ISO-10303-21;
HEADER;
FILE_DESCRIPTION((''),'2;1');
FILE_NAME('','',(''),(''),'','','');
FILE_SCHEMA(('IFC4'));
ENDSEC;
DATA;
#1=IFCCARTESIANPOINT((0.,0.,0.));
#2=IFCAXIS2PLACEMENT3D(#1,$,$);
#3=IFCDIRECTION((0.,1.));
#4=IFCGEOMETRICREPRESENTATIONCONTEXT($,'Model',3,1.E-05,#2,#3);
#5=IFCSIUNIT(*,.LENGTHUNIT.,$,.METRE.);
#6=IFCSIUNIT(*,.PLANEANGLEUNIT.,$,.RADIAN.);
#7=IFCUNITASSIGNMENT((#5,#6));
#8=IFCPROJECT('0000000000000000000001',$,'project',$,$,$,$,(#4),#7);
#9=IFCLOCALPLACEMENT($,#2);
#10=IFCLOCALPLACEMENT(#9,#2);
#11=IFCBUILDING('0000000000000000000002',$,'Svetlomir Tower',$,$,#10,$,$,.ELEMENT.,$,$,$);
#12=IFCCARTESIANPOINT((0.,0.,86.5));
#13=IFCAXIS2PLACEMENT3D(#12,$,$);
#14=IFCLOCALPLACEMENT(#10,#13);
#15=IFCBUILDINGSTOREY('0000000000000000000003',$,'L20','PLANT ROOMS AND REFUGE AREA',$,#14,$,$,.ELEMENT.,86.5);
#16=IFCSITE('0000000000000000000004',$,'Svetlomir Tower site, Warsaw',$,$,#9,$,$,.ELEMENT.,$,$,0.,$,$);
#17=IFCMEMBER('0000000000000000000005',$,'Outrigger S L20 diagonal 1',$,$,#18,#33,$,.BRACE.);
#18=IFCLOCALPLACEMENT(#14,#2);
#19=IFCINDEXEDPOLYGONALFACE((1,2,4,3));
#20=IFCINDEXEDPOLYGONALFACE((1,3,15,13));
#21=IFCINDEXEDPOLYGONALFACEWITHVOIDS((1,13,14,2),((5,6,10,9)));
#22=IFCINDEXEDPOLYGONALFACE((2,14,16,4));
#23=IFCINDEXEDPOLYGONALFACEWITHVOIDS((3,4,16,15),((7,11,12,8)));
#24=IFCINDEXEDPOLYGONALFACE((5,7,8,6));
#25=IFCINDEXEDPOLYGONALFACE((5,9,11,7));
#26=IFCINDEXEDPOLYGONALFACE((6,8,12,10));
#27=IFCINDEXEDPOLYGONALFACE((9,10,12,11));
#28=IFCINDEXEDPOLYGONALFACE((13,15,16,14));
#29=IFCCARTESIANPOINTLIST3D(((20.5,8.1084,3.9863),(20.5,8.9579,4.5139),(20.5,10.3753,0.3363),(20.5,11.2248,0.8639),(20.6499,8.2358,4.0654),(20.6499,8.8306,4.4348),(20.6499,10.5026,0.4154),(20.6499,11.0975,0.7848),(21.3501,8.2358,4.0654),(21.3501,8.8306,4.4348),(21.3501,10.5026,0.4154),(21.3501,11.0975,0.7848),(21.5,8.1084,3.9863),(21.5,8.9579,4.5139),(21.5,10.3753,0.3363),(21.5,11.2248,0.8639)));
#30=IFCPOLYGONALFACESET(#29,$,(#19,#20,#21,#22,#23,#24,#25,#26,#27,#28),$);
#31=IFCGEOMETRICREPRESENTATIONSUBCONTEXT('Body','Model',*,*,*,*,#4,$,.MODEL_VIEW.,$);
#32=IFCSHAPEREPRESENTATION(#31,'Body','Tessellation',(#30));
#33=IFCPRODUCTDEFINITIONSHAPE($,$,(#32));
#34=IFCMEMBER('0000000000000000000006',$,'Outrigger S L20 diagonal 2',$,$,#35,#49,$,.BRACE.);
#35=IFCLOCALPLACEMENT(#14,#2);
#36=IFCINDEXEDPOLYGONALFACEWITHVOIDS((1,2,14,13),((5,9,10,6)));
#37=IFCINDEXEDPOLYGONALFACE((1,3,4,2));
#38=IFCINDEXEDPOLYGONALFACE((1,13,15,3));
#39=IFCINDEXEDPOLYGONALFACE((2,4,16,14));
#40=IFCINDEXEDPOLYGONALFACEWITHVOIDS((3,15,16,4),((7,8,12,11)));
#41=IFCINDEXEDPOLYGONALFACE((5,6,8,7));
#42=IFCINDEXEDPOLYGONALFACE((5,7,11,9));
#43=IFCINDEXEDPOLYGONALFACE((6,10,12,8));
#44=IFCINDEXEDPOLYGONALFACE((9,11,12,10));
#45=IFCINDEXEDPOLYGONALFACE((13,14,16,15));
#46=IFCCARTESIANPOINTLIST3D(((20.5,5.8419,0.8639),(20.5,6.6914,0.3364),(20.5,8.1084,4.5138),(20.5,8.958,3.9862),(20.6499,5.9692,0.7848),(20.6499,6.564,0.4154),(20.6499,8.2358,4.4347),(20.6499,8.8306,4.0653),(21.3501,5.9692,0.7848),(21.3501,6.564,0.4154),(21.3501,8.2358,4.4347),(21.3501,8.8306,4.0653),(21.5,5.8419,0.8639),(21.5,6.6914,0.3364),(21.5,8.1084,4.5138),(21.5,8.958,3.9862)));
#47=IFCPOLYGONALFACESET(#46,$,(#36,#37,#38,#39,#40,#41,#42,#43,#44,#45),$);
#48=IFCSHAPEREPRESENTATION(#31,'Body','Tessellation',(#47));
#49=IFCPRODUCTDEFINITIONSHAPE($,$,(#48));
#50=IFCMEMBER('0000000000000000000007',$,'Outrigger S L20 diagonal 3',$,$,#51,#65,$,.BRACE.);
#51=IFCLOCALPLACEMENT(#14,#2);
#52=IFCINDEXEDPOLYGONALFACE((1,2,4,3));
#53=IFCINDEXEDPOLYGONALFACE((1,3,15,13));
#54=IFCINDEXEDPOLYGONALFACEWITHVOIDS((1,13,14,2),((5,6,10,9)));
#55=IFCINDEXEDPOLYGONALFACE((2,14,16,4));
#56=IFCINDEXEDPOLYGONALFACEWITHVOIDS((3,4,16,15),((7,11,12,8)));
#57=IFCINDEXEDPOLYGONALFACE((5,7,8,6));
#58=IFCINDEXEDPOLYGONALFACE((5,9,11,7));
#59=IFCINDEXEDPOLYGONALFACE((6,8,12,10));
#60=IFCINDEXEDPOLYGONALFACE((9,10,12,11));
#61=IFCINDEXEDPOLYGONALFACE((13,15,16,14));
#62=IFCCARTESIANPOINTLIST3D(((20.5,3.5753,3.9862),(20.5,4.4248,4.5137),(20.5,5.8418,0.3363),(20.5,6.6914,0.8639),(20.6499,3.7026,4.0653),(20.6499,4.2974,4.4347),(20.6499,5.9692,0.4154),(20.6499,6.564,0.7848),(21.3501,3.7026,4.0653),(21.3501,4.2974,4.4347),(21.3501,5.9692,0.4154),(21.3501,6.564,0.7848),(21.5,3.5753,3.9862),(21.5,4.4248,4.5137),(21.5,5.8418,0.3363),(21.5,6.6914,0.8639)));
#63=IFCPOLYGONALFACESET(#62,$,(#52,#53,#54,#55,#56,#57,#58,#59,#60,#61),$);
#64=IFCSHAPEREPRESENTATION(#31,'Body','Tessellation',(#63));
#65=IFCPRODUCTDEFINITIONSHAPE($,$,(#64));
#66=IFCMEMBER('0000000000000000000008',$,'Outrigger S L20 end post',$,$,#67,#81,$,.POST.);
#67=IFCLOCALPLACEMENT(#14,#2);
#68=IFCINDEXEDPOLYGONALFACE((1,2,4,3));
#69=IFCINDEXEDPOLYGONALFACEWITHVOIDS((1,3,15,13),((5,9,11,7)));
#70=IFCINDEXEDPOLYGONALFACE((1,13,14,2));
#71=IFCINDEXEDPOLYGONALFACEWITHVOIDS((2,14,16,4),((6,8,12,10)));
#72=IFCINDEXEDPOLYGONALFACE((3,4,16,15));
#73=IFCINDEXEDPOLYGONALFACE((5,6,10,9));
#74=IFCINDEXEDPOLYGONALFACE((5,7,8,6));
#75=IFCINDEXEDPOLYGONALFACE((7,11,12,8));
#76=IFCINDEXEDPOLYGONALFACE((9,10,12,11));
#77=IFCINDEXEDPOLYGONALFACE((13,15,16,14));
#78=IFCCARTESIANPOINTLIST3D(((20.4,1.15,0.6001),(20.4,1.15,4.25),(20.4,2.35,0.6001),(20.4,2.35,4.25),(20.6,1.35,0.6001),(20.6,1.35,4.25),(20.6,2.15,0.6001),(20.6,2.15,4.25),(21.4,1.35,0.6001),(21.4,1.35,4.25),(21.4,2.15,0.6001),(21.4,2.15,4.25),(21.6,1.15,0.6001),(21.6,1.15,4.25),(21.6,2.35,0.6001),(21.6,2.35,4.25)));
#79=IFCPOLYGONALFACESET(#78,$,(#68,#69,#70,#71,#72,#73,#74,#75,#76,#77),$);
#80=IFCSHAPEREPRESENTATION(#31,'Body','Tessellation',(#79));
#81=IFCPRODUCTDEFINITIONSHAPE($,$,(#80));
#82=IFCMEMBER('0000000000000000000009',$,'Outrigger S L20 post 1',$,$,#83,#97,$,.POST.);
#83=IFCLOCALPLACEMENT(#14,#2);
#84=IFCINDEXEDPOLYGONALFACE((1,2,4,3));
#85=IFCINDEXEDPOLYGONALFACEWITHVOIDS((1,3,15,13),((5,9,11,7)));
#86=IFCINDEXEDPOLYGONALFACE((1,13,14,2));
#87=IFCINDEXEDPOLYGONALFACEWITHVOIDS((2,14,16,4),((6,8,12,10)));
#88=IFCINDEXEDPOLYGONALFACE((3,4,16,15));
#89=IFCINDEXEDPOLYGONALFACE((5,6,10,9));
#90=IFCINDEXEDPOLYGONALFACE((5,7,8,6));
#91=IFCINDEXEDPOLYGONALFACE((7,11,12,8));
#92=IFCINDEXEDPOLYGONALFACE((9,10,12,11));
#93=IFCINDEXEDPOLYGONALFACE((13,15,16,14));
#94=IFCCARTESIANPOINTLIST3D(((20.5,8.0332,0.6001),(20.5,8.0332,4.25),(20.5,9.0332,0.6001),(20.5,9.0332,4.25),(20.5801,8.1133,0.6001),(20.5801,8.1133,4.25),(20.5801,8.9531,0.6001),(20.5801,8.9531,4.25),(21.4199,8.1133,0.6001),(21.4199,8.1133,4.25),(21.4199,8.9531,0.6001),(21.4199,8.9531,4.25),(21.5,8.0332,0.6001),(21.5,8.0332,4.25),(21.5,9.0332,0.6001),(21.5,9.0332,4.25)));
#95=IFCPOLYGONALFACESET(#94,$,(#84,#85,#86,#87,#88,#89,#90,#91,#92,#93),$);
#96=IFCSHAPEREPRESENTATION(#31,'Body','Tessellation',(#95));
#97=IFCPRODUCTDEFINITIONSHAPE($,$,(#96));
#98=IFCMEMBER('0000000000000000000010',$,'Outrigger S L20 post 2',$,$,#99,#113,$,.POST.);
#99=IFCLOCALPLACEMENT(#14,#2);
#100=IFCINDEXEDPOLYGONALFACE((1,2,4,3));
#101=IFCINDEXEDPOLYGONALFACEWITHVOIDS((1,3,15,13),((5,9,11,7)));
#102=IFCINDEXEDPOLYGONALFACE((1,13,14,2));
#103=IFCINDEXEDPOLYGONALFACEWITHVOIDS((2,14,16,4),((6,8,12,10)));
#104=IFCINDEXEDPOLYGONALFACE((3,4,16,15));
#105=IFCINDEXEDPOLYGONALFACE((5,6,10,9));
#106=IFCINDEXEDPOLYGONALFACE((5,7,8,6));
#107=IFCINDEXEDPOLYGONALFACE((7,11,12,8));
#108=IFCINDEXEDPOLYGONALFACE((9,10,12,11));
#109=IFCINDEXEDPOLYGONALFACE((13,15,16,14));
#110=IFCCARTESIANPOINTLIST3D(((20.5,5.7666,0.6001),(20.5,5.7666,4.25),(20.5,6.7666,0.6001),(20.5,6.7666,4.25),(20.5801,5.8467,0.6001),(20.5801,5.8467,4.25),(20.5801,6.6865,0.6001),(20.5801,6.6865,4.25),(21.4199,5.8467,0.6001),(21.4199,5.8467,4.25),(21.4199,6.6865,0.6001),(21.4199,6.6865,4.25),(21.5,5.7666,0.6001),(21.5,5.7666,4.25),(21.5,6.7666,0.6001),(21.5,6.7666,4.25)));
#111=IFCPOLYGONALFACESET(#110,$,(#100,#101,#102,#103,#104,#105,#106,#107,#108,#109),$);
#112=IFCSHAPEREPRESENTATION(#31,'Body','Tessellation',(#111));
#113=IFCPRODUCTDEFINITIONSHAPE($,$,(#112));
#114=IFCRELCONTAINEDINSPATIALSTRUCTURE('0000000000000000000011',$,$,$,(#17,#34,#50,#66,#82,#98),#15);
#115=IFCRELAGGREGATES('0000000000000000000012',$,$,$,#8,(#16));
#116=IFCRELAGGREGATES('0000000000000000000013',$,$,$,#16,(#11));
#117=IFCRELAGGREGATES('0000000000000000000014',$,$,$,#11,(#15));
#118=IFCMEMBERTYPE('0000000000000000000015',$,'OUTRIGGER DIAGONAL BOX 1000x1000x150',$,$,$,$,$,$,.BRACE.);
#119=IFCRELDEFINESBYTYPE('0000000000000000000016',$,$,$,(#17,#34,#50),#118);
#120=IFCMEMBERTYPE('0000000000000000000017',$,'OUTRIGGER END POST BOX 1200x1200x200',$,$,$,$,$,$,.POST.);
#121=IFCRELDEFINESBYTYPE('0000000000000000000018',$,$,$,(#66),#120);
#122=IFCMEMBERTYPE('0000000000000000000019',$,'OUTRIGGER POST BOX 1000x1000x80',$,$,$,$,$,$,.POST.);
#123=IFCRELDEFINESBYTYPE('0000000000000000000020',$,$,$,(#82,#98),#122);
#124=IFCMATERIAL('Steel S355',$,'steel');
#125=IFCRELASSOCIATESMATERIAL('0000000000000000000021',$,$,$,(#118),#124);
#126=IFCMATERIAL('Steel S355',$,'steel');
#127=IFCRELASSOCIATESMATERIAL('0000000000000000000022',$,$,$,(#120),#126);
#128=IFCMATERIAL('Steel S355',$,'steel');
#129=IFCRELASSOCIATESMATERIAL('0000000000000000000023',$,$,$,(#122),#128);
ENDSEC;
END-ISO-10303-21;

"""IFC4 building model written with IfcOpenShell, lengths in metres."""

from ifc_helpers import new_model, si_unit, direction, frame, origin, origin_2d, place, context, subcontext, project, spatial, hollow_rectangle, extrude, material, material_profile, profile_set, type_object, element, save


model = new_model("IFC4")

# Units and contexts
model_context = context("Model", 3, precision=1e-05, world=origin(), true_north=direction((0.0, 1.0)))
body_context = subcontext(model_context, "Body", "Model", "MODEL_VIEW")
ifc_project = project(units=[si_unit("LENGTHUNIT", "METRE"), si_unit("PLANEANGLEUNIT", "RADIAN")], contexts=[model_context])

# Site, building, storey
site_placement = place(None, origin())
site = spatial("IfcSite", under=ifc_project, at=site_placement, Name="Svetlomir Tower site, Warsaw", CompositionType="ELEMENT", RefElevation=0.0)
building_placement = place(site_placement, origin())
building = spatial("IfcBuilding", under=site, at=building_placement, Name="Svetlomir Tower", CompositionType="ELEMENT")
storey_placement = place(building_placement, frame((0.0, 0.0, 86.5)))
storey = spatial("IfcBuildingStorey", under=building, at=storey_placement, Name="L20", Description="PLANT ROOMS AND REFUGE AREA", CompositionType="ELEMENT", Elevation=86.5)

# Members
ifc_material_1 = material(Name="Steel S355", Category="steel")
ifc_material_profile_1 = material_profile(ifc_material_1, hollow_rectangle(XDim=1.0, YDim=1.0, WallThickness=0.1499, at=origin_2d()), Name="BOX 1000x1000x150")
ifc_profile_set_1 = profile_set([ifc_material_profile_1], Name="Steel S355")
member_type_1 = type_object("IfcMemberType", Name="OUTRIGGER DIAGONAL BOX 1000x1000x150", PredefinedType="BRACE", material=ifc_profile_set_1)
member_1_placement = place(storey_placement, frame((21.0, 10.8, 0.6001), z_axis=(0.0, -0.527596, 0.849495), x_axis=(1.0, 0.0, 0.0)))
element("IfcMember", 1, at=member_1_placement, inside=storey, type_object=member_type_1, Name="Outrigger S L20 diagonal 1", PredefinedType="BRACE", context=body_context, shape_type="SweptSolid", body=[
    extrude(hollow_rectangle(XDim=1.0, YDim=1.0, WallThickness=0.1499, at=origin_2d()), origin(), (0.0, 0.0, 1.0), 4.2966),
])
for number, where, z_axis, x_axis, name in (
    (2, (21.0, 8.5332, 4.25), (0.0, -0.527555, -0.849521), (1.0, 0.0, 0.0), "Outrigger S L20 diagonal 2"),
    (3, (21.0, 6.2666, 0.6001), (0.0, -0.527555, 0.849521), (1.0, 0.0, 0.0), "Outrigger S L20 diagonal 3"),
):
    element("IfcMember", number, at=place(storey_placement, frame(where, z_axis=z_axis, x_axis=x_axis)), inside=storey, type_object=member_type_1, Name=name, PredefinedType="BRACE", context=body_context, shape_type="SweptSolid", body=[
        extrude(hollow_rectangle(XDim=1.0, YDim=1.0, WallThickness=0.1499, at=origin_2d()), origin(), (0.0, 0.0, 1.0), 4.2964),
    ])
ifc_material_2 = material(Name="Steel S355", Category="steel")
ifc_material_profile_2 = material_profile(ifc_material_2, hollow_rectangle(XDim=1.2, YDim=1.2, WallThickness=0.2, at=origin_2d()), Name="BOX 1200x1200x200")
ifc_profile_set_2 = profile_set([ifc_material_profile_2], Name="Steel S355")
member_type_2 = type_object("IfcMemberType", Name="OUTRIGGER END POST BOX 1200x1200x200", PredefinedType="POST", material=ifc_profile_set_2)
member_2_placement = place(storey_placement, frame((21.0, 1.75, 0.6001), z_axis=(0.0, 0.0, 1.0), x_axis=(1.0, 0.0, 0.0)))
element("IfcMember", 4, at=member_2_placement, inside=storey, type_object=member_type_2, Name="Outrigger S L20 end post", PredefinedType="POST", context=body_context, shape_type="SweptSolid", body=[
    extrude(hollow_rectangle(XDim=1.2, YDim=1.2, WallThickness=0.2, at=origin_2d()), origin(), (0.0, 0.0, 1.0), 3.6499),
])
ifc_material_3 = material(Name="Steel S355", Category="steel")
ifc_material_profile_3 = material_profile(ifc_material_3, hollow_rectangle(XDim=1.0, YDim=1.0, WallThickness=0.0801, at=origin_2d()), Name="BOX 1000x1000x80")
ifc_profile_set_3 = profile_set([ifc_material_profile_3], Name="Steel S355")
member_type_3 = type_object("IfcMemberType", Name="OUTRIGGER POST BOX 1000x1000x80", PredefinedType="POST", material=ifc_profile_set_3)
for number, where, z_axis, x_axis, name in (
    (5, (21.0, 8.5332, 0.6001), (0.0, 0.0, 1.0), (1.0, 0.0, 0.0), "Outrigger S L20 post 1"),
    (6, (21.0, 6.2666, 0.6001), (0.0, 0.0, 1.0), (1.0, 0.0, 0.0), "Outrigger S L20 post 2"),
):
    element("IfcMember", number, at=place(storey_placement, frame(where, z_axis=z_axis, x_axis=x_axis)), inside=storey, type_object=member_type_3, Name=name, PredefinedType="POST", context=body_context, shape_type="SweptSolid", body=[
        extrude(hollow_rectangle(XDim=1.0, YDim=1.0, WallThickness=0.0801, at=origin_2d()), origin(), (0.0, 0.0, 1.0), 3.6499),
    ])

save(model, "model.ifc")
